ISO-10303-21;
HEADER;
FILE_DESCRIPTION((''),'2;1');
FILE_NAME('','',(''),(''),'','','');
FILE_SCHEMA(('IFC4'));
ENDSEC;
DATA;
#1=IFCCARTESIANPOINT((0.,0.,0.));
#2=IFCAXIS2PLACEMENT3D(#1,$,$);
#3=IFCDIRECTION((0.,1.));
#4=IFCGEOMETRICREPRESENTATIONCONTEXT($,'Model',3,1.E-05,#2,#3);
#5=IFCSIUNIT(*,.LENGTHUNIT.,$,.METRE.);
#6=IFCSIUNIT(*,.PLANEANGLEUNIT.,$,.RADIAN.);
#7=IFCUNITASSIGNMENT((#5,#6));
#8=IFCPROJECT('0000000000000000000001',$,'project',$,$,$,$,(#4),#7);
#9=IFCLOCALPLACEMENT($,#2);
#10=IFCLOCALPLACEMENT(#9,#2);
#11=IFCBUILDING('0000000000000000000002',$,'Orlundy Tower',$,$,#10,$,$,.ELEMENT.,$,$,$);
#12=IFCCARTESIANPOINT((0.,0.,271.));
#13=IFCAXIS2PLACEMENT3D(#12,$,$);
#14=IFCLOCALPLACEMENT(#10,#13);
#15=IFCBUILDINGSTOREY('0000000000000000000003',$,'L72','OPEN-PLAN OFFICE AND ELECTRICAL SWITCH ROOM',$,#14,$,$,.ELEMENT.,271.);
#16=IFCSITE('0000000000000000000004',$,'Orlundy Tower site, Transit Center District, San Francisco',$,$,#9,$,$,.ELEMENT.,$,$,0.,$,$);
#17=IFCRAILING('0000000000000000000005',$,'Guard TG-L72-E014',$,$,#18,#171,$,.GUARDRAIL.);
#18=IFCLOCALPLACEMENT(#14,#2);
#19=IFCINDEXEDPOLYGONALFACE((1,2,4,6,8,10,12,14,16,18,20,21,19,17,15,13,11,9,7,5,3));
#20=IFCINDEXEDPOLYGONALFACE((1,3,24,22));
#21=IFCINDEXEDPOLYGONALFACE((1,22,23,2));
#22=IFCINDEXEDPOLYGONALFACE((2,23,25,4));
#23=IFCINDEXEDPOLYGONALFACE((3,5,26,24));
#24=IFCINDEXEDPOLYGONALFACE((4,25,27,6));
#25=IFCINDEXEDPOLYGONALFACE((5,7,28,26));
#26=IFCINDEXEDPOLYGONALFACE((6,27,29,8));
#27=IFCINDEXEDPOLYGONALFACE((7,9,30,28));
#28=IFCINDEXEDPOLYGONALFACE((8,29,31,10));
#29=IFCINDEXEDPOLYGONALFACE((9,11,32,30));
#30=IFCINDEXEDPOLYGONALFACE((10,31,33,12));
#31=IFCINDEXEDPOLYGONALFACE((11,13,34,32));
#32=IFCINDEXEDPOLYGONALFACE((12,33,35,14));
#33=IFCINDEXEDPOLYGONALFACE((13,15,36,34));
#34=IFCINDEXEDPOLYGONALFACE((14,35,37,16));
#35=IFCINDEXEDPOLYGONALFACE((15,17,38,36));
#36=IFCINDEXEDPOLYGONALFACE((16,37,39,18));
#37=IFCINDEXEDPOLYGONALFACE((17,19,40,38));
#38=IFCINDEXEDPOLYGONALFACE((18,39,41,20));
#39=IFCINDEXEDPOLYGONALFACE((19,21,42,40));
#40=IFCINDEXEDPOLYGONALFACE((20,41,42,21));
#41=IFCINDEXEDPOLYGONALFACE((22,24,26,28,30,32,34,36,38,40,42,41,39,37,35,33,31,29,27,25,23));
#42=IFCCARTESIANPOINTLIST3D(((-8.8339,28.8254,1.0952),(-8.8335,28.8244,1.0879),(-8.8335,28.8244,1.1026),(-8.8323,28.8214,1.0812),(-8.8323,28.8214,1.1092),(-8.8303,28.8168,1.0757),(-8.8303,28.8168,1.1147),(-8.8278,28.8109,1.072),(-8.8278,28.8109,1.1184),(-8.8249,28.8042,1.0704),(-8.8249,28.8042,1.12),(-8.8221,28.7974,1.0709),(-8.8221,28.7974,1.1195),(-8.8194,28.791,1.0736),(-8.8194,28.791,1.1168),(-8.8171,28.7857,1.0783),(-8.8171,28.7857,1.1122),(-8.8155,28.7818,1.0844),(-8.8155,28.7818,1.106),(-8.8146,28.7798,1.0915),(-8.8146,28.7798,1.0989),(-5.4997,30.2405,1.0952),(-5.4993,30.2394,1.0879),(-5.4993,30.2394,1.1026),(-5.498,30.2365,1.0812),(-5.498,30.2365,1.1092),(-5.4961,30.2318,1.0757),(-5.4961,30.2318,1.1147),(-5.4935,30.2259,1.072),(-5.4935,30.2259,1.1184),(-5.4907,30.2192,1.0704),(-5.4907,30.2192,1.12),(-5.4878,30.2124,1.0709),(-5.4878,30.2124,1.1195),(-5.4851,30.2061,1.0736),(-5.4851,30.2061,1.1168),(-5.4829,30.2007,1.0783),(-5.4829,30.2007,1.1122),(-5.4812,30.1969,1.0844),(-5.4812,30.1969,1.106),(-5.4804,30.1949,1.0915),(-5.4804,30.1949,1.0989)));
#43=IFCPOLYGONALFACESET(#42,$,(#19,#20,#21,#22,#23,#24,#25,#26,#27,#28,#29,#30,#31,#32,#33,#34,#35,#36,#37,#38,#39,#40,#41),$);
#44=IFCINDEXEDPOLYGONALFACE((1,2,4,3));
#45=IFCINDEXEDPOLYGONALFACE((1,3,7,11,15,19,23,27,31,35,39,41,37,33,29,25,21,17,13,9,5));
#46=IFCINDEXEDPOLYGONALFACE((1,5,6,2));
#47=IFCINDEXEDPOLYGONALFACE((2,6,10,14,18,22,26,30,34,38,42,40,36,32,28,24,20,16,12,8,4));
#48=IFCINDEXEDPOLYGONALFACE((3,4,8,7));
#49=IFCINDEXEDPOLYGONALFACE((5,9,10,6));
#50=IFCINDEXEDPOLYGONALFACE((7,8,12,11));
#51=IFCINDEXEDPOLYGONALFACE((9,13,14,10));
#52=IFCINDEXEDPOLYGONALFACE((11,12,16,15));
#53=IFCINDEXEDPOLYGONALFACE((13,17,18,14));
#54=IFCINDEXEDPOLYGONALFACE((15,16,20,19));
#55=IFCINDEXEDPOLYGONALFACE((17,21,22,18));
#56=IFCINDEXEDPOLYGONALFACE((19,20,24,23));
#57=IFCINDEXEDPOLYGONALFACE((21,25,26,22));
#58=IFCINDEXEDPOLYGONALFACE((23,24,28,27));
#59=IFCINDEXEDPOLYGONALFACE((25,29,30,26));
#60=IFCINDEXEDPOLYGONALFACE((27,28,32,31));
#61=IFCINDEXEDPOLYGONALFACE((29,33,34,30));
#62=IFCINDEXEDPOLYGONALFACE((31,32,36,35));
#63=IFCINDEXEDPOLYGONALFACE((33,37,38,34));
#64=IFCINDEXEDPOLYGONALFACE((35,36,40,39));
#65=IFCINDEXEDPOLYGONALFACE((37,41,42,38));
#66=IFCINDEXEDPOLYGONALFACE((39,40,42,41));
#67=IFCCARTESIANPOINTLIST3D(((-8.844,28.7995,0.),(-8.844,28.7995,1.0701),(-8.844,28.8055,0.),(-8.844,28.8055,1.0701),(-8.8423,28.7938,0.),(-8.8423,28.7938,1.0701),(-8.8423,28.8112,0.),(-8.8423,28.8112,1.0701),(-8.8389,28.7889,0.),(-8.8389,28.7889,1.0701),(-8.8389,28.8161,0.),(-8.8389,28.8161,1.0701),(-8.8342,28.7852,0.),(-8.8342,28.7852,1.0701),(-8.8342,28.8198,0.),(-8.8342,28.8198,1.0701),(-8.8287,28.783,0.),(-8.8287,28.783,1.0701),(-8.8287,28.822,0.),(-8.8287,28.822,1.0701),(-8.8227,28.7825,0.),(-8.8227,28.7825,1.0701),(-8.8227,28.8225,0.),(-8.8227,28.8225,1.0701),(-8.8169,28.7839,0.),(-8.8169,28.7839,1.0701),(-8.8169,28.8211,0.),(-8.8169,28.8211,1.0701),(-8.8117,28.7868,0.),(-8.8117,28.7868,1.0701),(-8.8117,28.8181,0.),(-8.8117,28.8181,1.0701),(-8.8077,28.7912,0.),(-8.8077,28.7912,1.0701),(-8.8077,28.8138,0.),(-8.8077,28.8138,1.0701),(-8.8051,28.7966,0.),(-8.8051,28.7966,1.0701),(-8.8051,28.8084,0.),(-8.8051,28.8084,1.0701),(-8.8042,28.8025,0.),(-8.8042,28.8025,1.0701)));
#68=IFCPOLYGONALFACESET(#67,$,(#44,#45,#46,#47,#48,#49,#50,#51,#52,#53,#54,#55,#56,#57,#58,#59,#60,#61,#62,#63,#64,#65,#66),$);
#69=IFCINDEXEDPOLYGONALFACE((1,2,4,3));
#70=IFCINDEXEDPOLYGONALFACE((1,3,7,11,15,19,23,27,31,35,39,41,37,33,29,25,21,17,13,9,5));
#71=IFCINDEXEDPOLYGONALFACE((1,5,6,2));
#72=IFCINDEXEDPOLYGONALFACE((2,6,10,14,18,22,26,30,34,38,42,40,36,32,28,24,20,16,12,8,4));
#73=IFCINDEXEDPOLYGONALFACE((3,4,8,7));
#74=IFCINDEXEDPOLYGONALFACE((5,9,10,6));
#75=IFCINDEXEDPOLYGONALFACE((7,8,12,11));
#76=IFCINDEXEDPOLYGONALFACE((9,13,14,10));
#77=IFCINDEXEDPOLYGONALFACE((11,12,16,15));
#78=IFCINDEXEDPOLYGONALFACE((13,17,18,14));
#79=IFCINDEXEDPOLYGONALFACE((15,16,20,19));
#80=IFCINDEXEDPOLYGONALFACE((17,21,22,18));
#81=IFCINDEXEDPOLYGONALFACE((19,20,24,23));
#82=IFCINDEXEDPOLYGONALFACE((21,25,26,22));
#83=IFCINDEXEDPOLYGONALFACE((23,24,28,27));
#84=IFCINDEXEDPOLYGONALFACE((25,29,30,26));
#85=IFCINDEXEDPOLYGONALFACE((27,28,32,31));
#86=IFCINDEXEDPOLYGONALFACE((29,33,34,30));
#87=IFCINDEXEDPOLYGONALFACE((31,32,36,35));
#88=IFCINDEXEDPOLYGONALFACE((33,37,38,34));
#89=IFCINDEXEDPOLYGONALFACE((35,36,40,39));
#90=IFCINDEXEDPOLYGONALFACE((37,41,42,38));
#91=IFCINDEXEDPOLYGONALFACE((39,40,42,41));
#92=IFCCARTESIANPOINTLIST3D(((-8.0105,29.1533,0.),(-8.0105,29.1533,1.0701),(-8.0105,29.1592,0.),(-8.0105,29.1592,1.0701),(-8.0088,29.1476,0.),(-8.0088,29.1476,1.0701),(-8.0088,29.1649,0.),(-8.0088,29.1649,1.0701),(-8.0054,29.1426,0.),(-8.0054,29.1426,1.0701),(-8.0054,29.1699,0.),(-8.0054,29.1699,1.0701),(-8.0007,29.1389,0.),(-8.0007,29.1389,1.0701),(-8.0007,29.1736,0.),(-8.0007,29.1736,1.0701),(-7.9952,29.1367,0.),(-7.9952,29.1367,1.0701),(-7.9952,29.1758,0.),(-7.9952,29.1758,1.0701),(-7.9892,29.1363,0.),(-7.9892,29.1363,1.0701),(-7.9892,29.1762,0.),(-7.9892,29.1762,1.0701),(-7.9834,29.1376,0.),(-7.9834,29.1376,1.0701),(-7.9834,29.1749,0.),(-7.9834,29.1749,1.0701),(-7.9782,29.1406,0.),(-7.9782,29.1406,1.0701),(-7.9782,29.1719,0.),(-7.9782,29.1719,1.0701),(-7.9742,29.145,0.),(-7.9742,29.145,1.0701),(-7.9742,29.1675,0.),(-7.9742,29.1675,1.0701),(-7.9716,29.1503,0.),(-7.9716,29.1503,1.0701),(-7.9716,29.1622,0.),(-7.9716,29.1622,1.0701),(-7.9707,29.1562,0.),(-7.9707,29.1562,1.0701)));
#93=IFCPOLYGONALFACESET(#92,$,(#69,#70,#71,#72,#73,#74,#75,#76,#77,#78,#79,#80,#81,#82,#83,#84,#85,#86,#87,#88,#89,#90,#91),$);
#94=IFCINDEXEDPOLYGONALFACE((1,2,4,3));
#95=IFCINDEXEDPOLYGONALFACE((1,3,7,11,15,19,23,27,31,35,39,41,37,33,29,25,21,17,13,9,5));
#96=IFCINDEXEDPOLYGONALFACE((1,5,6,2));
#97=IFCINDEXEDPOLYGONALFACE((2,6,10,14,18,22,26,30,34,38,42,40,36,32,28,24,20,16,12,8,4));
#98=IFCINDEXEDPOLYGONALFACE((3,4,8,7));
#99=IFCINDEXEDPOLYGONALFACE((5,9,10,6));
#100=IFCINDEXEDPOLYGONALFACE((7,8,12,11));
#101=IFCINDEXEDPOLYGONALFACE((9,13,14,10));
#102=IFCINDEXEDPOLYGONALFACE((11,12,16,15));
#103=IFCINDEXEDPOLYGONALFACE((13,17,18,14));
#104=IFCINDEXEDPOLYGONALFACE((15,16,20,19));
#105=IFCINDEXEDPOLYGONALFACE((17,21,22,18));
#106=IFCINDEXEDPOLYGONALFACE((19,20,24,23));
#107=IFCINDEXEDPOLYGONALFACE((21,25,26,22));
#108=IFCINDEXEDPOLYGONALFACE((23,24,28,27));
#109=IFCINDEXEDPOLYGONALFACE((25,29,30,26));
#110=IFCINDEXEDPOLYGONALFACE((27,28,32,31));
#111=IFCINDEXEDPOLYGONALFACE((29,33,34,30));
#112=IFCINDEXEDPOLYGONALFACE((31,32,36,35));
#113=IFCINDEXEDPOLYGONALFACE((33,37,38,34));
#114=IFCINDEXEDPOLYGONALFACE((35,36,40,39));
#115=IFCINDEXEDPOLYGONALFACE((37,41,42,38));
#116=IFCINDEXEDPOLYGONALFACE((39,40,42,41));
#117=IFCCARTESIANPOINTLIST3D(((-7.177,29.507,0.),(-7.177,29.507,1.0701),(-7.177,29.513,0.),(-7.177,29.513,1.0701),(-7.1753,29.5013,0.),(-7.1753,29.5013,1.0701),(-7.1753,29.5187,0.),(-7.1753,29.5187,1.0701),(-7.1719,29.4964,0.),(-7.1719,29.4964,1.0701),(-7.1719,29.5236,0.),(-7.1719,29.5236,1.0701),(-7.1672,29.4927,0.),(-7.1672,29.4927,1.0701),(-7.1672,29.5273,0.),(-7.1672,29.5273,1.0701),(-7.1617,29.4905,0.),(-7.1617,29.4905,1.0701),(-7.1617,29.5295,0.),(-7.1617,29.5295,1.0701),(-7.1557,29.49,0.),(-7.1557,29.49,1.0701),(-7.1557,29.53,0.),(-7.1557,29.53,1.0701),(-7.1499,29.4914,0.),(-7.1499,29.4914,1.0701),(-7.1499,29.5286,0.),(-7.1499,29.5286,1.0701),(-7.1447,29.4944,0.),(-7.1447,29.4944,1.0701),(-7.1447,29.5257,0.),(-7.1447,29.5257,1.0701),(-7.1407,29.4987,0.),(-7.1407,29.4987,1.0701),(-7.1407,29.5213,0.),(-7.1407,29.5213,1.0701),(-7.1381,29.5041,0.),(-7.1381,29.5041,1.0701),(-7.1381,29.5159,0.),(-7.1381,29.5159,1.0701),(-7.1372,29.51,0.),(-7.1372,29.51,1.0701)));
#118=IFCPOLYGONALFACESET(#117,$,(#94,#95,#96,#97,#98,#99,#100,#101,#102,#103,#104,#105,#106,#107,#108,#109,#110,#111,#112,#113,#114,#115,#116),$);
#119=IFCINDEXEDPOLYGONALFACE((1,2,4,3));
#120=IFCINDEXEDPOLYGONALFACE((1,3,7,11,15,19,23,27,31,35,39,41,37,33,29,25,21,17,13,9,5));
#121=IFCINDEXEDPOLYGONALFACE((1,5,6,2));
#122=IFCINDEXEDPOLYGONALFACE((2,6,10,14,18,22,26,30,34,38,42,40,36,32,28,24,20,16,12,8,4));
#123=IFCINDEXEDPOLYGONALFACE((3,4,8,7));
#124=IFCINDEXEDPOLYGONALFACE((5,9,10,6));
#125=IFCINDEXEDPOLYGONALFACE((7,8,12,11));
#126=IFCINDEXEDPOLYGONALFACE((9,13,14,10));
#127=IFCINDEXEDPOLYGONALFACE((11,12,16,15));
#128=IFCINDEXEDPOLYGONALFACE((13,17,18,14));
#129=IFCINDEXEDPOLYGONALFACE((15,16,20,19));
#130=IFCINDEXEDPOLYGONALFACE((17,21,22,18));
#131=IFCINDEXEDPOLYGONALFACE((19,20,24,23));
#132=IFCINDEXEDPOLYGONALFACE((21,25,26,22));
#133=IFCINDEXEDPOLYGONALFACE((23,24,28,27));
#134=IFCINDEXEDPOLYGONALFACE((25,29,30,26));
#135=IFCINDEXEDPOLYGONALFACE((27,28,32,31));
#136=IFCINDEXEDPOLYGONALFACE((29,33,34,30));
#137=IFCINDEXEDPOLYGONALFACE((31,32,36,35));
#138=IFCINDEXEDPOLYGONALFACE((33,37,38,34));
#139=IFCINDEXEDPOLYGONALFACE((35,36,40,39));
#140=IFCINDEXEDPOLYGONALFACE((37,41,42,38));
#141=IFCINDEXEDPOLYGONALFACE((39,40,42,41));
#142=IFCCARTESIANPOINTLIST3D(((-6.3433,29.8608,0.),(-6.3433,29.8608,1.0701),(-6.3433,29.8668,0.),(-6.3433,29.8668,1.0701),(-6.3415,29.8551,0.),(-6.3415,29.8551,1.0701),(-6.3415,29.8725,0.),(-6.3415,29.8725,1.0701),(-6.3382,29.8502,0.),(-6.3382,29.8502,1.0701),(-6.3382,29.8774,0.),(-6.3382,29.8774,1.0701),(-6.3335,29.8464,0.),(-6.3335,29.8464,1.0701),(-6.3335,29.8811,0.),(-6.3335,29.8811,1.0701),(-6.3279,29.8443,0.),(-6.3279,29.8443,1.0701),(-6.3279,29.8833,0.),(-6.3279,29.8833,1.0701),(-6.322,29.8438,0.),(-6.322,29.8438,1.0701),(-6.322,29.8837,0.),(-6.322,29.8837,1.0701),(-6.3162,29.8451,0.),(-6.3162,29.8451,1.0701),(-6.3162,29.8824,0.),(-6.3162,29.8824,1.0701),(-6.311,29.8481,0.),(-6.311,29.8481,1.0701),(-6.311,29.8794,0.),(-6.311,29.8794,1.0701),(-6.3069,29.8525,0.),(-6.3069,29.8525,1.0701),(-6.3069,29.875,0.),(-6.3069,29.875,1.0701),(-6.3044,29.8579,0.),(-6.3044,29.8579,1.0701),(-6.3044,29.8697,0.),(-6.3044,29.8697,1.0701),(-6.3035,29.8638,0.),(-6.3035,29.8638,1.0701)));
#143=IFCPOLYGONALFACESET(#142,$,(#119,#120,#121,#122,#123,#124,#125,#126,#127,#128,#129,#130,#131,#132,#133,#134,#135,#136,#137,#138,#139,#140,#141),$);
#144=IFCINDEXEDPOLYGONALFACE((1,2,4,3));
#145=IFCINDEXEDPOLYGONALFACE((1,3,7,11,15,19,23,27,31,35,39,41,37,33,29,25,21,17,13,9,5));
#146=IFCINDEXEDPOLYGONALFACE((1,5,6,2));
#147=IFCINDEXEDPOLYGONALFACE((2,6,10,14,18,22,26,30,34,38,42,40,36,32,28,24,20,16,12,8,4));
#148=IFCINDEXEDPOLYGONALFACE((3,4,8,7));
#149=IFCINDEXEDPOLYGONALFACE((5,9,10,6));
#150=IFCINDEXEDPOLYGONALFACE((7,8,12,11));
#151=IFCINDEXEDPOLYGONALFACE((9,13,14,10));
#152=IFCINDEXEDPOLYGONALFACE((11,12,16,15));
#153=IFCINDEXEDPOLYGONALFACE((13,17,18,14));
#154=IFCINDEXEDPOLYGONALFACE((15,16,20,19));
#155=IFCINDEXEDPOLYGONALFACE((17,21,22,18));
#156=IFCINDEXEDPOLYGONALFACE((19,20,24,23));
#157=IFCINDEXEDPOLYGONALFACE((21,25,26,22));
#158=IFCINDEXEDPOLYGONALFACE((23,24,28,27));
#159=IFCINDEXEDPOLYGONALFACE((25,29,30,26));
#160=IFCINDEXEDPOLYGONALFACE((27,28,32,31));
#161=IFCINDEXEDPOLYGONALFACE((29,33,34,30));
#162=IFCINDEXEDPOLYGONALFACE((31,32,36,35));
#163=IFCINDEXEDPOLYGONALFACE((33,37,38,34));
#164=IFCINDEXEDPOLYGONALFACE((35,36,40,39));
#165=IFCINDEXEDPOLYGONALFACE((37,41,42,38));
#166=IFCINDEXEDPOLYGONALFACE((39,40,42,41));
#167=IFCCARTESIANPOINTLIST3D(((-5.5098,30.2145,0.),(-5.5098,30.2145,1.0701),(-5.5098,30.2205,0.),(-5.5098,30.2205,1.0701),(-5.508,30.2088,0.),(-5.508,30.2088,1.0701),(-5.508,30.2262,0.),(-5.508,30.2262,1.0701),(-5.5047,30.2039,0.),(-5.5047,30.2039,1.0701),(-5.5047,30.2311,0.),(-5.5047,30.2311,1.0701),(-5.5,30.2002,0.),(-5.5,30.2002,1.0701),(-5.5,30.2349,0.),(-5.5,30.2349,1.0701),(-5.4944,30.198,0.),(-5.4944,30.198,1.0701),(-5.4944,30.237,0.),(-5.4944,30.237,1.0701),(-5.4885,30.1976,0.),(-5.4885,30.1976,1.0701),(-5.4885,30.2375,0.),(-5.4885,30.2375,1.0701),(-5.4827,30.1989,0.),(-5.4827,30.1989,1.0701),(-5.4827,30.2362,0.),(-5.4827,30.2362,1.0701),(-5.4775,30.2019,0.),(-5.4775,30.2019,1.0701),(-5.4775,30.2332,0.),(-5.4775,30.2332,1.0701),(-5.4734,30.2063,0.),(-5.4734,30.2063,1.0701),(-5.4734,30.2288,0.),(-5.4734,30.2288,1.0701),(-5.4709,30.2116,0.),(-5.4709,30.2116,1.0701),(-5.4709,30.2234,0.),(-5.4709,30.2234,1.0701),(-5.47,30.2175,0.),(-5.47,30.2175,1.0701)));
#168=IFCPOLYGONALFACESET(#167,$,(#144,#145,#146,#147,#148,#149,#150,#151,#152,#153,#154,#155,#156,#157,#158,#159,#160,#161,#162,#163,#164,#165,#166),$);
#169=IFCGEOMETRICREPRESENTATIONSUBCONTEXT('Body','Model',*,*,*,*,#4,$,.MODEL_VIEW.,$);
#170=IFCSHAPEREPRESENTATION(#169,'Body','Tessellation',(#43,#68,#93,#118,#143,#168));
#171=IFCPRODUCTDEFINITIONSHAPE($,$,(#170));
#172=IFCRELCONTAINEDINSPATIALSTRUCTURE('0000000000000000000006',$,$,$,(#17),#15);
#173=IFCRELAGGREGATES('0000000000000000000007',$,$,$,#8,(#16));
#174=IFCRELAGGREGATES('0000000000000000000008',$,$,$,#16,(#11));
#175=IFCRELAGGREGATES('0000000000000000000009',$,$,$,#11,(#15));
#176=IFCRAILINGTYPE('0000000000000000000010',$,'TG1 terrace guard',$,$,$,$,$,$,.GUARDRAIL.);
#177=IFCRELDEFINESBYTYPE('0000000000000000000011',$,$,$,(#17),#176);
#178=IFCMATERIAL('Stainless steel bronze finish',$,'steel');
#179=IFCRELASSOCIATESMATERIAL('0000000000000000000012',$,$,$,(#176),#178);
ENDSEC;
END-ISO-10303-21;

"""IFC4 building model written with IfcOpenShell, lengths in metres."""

from ifc_helpers import new_model, si_unit, direction, frame, origin, origin_2d, place, context, subcontext, project, spatial, circle, extrude, material, type_object, element, save


model = new_model("IFC4")

# Units and contexts
model_context = context("Model", 3, precision=1e-05, world=origin(), true_north=direction((0.0, 1.0)))
body_context = subcontext(model_context, "Body", "Model", "MODEL_VIEW")
ifc_project = project(units=[si_unit("LENGTHUNIT", "METRE"), si_unit("PLANEANGLEUNIT", "RADIAN")], contexts=[model_context])

# Site, building, storey
site_placement = place(None, origin())
site = spatial("IfcSite", under=ifc_project, at=site_placement, Name="Orlundy Tower site, Transit Center District, San Francisco", CompositionType="ELEMENT", RefElevation=0.0)
building_placement = place(site_placement, origin())
building = spatial("IfcBuilding", under=site, at=building_placement, Name="Orlundy Tower", CompositionType="ELEMENT")
storey_placement = place(building_placement, frame((0.0, 0.0, 271.0)))
storey = spatial("IfcBuildingStorey", under=building, at=storey_placement, Name="L72", Description="OPEN-PLAN OFFICE AND ELECTRICAL SWITCH ROOM", CompositionType="ELEMENT", Elevation=271.0)

# Railing
ifc_material_1 = material(Name="Stainless steel bronze finish", Category="steel")
railing_type_1 = type_object("IfcRailingType", Name="TG1 terrace guard", PredefinedType="GUARDRAIL", material=ifc_material_1)
railing_1_placement = place(storey_placement, frame((-8.8242, 28.8025, 0.0)))
element("IfcRailing", 1, at=railing_1_placement, inside=storey, type_object=railing_type_1, Name="Guard TG-L72-E014", PredefinedType="GUARDRAIL", context=body_context, shape_type="SweptSolid", body=[
    extrude(circle(Radius=0.0249, at=origin_2d()), frame((0.0, 0.0, 1.0952), z_axis=(0.92053, 0.390671, 0.0), x_axis=(-0.390671, 0.92053, 0.0)), (0.0, 0.0, 1.0), 3.6221),
    extrude(circle(Radius=0.02, at=origin_2d()), origin(), (0.0, 0.0, 1.0), 1.0701),
    extrude(circle(Radius=0.02, at=origin_2d()), frame((0.8335, 0.3538, 0.0)), (0.0, 0.0, 1.0), 1.0701),
    extrude(circle(Radius=0.02, at=origin_2d()), frame((1.667, 0.7075, 0.0)), (0.0, 0.0, 1.0), 1.0701),
    extrude(circle(Radius=0.02, at=origin_2d()), frame((2.5007, 1.0613, 0.0)), (0.0, 0.0, 1.0), 1.0701),
    extrude(circle(Radius=0.02, at=origin_2d()), frame((3.3342, 1.415, 0.0)), (0.0, 0.0, 1.0), 1.0701),
])

save(model, "model.ifc")
